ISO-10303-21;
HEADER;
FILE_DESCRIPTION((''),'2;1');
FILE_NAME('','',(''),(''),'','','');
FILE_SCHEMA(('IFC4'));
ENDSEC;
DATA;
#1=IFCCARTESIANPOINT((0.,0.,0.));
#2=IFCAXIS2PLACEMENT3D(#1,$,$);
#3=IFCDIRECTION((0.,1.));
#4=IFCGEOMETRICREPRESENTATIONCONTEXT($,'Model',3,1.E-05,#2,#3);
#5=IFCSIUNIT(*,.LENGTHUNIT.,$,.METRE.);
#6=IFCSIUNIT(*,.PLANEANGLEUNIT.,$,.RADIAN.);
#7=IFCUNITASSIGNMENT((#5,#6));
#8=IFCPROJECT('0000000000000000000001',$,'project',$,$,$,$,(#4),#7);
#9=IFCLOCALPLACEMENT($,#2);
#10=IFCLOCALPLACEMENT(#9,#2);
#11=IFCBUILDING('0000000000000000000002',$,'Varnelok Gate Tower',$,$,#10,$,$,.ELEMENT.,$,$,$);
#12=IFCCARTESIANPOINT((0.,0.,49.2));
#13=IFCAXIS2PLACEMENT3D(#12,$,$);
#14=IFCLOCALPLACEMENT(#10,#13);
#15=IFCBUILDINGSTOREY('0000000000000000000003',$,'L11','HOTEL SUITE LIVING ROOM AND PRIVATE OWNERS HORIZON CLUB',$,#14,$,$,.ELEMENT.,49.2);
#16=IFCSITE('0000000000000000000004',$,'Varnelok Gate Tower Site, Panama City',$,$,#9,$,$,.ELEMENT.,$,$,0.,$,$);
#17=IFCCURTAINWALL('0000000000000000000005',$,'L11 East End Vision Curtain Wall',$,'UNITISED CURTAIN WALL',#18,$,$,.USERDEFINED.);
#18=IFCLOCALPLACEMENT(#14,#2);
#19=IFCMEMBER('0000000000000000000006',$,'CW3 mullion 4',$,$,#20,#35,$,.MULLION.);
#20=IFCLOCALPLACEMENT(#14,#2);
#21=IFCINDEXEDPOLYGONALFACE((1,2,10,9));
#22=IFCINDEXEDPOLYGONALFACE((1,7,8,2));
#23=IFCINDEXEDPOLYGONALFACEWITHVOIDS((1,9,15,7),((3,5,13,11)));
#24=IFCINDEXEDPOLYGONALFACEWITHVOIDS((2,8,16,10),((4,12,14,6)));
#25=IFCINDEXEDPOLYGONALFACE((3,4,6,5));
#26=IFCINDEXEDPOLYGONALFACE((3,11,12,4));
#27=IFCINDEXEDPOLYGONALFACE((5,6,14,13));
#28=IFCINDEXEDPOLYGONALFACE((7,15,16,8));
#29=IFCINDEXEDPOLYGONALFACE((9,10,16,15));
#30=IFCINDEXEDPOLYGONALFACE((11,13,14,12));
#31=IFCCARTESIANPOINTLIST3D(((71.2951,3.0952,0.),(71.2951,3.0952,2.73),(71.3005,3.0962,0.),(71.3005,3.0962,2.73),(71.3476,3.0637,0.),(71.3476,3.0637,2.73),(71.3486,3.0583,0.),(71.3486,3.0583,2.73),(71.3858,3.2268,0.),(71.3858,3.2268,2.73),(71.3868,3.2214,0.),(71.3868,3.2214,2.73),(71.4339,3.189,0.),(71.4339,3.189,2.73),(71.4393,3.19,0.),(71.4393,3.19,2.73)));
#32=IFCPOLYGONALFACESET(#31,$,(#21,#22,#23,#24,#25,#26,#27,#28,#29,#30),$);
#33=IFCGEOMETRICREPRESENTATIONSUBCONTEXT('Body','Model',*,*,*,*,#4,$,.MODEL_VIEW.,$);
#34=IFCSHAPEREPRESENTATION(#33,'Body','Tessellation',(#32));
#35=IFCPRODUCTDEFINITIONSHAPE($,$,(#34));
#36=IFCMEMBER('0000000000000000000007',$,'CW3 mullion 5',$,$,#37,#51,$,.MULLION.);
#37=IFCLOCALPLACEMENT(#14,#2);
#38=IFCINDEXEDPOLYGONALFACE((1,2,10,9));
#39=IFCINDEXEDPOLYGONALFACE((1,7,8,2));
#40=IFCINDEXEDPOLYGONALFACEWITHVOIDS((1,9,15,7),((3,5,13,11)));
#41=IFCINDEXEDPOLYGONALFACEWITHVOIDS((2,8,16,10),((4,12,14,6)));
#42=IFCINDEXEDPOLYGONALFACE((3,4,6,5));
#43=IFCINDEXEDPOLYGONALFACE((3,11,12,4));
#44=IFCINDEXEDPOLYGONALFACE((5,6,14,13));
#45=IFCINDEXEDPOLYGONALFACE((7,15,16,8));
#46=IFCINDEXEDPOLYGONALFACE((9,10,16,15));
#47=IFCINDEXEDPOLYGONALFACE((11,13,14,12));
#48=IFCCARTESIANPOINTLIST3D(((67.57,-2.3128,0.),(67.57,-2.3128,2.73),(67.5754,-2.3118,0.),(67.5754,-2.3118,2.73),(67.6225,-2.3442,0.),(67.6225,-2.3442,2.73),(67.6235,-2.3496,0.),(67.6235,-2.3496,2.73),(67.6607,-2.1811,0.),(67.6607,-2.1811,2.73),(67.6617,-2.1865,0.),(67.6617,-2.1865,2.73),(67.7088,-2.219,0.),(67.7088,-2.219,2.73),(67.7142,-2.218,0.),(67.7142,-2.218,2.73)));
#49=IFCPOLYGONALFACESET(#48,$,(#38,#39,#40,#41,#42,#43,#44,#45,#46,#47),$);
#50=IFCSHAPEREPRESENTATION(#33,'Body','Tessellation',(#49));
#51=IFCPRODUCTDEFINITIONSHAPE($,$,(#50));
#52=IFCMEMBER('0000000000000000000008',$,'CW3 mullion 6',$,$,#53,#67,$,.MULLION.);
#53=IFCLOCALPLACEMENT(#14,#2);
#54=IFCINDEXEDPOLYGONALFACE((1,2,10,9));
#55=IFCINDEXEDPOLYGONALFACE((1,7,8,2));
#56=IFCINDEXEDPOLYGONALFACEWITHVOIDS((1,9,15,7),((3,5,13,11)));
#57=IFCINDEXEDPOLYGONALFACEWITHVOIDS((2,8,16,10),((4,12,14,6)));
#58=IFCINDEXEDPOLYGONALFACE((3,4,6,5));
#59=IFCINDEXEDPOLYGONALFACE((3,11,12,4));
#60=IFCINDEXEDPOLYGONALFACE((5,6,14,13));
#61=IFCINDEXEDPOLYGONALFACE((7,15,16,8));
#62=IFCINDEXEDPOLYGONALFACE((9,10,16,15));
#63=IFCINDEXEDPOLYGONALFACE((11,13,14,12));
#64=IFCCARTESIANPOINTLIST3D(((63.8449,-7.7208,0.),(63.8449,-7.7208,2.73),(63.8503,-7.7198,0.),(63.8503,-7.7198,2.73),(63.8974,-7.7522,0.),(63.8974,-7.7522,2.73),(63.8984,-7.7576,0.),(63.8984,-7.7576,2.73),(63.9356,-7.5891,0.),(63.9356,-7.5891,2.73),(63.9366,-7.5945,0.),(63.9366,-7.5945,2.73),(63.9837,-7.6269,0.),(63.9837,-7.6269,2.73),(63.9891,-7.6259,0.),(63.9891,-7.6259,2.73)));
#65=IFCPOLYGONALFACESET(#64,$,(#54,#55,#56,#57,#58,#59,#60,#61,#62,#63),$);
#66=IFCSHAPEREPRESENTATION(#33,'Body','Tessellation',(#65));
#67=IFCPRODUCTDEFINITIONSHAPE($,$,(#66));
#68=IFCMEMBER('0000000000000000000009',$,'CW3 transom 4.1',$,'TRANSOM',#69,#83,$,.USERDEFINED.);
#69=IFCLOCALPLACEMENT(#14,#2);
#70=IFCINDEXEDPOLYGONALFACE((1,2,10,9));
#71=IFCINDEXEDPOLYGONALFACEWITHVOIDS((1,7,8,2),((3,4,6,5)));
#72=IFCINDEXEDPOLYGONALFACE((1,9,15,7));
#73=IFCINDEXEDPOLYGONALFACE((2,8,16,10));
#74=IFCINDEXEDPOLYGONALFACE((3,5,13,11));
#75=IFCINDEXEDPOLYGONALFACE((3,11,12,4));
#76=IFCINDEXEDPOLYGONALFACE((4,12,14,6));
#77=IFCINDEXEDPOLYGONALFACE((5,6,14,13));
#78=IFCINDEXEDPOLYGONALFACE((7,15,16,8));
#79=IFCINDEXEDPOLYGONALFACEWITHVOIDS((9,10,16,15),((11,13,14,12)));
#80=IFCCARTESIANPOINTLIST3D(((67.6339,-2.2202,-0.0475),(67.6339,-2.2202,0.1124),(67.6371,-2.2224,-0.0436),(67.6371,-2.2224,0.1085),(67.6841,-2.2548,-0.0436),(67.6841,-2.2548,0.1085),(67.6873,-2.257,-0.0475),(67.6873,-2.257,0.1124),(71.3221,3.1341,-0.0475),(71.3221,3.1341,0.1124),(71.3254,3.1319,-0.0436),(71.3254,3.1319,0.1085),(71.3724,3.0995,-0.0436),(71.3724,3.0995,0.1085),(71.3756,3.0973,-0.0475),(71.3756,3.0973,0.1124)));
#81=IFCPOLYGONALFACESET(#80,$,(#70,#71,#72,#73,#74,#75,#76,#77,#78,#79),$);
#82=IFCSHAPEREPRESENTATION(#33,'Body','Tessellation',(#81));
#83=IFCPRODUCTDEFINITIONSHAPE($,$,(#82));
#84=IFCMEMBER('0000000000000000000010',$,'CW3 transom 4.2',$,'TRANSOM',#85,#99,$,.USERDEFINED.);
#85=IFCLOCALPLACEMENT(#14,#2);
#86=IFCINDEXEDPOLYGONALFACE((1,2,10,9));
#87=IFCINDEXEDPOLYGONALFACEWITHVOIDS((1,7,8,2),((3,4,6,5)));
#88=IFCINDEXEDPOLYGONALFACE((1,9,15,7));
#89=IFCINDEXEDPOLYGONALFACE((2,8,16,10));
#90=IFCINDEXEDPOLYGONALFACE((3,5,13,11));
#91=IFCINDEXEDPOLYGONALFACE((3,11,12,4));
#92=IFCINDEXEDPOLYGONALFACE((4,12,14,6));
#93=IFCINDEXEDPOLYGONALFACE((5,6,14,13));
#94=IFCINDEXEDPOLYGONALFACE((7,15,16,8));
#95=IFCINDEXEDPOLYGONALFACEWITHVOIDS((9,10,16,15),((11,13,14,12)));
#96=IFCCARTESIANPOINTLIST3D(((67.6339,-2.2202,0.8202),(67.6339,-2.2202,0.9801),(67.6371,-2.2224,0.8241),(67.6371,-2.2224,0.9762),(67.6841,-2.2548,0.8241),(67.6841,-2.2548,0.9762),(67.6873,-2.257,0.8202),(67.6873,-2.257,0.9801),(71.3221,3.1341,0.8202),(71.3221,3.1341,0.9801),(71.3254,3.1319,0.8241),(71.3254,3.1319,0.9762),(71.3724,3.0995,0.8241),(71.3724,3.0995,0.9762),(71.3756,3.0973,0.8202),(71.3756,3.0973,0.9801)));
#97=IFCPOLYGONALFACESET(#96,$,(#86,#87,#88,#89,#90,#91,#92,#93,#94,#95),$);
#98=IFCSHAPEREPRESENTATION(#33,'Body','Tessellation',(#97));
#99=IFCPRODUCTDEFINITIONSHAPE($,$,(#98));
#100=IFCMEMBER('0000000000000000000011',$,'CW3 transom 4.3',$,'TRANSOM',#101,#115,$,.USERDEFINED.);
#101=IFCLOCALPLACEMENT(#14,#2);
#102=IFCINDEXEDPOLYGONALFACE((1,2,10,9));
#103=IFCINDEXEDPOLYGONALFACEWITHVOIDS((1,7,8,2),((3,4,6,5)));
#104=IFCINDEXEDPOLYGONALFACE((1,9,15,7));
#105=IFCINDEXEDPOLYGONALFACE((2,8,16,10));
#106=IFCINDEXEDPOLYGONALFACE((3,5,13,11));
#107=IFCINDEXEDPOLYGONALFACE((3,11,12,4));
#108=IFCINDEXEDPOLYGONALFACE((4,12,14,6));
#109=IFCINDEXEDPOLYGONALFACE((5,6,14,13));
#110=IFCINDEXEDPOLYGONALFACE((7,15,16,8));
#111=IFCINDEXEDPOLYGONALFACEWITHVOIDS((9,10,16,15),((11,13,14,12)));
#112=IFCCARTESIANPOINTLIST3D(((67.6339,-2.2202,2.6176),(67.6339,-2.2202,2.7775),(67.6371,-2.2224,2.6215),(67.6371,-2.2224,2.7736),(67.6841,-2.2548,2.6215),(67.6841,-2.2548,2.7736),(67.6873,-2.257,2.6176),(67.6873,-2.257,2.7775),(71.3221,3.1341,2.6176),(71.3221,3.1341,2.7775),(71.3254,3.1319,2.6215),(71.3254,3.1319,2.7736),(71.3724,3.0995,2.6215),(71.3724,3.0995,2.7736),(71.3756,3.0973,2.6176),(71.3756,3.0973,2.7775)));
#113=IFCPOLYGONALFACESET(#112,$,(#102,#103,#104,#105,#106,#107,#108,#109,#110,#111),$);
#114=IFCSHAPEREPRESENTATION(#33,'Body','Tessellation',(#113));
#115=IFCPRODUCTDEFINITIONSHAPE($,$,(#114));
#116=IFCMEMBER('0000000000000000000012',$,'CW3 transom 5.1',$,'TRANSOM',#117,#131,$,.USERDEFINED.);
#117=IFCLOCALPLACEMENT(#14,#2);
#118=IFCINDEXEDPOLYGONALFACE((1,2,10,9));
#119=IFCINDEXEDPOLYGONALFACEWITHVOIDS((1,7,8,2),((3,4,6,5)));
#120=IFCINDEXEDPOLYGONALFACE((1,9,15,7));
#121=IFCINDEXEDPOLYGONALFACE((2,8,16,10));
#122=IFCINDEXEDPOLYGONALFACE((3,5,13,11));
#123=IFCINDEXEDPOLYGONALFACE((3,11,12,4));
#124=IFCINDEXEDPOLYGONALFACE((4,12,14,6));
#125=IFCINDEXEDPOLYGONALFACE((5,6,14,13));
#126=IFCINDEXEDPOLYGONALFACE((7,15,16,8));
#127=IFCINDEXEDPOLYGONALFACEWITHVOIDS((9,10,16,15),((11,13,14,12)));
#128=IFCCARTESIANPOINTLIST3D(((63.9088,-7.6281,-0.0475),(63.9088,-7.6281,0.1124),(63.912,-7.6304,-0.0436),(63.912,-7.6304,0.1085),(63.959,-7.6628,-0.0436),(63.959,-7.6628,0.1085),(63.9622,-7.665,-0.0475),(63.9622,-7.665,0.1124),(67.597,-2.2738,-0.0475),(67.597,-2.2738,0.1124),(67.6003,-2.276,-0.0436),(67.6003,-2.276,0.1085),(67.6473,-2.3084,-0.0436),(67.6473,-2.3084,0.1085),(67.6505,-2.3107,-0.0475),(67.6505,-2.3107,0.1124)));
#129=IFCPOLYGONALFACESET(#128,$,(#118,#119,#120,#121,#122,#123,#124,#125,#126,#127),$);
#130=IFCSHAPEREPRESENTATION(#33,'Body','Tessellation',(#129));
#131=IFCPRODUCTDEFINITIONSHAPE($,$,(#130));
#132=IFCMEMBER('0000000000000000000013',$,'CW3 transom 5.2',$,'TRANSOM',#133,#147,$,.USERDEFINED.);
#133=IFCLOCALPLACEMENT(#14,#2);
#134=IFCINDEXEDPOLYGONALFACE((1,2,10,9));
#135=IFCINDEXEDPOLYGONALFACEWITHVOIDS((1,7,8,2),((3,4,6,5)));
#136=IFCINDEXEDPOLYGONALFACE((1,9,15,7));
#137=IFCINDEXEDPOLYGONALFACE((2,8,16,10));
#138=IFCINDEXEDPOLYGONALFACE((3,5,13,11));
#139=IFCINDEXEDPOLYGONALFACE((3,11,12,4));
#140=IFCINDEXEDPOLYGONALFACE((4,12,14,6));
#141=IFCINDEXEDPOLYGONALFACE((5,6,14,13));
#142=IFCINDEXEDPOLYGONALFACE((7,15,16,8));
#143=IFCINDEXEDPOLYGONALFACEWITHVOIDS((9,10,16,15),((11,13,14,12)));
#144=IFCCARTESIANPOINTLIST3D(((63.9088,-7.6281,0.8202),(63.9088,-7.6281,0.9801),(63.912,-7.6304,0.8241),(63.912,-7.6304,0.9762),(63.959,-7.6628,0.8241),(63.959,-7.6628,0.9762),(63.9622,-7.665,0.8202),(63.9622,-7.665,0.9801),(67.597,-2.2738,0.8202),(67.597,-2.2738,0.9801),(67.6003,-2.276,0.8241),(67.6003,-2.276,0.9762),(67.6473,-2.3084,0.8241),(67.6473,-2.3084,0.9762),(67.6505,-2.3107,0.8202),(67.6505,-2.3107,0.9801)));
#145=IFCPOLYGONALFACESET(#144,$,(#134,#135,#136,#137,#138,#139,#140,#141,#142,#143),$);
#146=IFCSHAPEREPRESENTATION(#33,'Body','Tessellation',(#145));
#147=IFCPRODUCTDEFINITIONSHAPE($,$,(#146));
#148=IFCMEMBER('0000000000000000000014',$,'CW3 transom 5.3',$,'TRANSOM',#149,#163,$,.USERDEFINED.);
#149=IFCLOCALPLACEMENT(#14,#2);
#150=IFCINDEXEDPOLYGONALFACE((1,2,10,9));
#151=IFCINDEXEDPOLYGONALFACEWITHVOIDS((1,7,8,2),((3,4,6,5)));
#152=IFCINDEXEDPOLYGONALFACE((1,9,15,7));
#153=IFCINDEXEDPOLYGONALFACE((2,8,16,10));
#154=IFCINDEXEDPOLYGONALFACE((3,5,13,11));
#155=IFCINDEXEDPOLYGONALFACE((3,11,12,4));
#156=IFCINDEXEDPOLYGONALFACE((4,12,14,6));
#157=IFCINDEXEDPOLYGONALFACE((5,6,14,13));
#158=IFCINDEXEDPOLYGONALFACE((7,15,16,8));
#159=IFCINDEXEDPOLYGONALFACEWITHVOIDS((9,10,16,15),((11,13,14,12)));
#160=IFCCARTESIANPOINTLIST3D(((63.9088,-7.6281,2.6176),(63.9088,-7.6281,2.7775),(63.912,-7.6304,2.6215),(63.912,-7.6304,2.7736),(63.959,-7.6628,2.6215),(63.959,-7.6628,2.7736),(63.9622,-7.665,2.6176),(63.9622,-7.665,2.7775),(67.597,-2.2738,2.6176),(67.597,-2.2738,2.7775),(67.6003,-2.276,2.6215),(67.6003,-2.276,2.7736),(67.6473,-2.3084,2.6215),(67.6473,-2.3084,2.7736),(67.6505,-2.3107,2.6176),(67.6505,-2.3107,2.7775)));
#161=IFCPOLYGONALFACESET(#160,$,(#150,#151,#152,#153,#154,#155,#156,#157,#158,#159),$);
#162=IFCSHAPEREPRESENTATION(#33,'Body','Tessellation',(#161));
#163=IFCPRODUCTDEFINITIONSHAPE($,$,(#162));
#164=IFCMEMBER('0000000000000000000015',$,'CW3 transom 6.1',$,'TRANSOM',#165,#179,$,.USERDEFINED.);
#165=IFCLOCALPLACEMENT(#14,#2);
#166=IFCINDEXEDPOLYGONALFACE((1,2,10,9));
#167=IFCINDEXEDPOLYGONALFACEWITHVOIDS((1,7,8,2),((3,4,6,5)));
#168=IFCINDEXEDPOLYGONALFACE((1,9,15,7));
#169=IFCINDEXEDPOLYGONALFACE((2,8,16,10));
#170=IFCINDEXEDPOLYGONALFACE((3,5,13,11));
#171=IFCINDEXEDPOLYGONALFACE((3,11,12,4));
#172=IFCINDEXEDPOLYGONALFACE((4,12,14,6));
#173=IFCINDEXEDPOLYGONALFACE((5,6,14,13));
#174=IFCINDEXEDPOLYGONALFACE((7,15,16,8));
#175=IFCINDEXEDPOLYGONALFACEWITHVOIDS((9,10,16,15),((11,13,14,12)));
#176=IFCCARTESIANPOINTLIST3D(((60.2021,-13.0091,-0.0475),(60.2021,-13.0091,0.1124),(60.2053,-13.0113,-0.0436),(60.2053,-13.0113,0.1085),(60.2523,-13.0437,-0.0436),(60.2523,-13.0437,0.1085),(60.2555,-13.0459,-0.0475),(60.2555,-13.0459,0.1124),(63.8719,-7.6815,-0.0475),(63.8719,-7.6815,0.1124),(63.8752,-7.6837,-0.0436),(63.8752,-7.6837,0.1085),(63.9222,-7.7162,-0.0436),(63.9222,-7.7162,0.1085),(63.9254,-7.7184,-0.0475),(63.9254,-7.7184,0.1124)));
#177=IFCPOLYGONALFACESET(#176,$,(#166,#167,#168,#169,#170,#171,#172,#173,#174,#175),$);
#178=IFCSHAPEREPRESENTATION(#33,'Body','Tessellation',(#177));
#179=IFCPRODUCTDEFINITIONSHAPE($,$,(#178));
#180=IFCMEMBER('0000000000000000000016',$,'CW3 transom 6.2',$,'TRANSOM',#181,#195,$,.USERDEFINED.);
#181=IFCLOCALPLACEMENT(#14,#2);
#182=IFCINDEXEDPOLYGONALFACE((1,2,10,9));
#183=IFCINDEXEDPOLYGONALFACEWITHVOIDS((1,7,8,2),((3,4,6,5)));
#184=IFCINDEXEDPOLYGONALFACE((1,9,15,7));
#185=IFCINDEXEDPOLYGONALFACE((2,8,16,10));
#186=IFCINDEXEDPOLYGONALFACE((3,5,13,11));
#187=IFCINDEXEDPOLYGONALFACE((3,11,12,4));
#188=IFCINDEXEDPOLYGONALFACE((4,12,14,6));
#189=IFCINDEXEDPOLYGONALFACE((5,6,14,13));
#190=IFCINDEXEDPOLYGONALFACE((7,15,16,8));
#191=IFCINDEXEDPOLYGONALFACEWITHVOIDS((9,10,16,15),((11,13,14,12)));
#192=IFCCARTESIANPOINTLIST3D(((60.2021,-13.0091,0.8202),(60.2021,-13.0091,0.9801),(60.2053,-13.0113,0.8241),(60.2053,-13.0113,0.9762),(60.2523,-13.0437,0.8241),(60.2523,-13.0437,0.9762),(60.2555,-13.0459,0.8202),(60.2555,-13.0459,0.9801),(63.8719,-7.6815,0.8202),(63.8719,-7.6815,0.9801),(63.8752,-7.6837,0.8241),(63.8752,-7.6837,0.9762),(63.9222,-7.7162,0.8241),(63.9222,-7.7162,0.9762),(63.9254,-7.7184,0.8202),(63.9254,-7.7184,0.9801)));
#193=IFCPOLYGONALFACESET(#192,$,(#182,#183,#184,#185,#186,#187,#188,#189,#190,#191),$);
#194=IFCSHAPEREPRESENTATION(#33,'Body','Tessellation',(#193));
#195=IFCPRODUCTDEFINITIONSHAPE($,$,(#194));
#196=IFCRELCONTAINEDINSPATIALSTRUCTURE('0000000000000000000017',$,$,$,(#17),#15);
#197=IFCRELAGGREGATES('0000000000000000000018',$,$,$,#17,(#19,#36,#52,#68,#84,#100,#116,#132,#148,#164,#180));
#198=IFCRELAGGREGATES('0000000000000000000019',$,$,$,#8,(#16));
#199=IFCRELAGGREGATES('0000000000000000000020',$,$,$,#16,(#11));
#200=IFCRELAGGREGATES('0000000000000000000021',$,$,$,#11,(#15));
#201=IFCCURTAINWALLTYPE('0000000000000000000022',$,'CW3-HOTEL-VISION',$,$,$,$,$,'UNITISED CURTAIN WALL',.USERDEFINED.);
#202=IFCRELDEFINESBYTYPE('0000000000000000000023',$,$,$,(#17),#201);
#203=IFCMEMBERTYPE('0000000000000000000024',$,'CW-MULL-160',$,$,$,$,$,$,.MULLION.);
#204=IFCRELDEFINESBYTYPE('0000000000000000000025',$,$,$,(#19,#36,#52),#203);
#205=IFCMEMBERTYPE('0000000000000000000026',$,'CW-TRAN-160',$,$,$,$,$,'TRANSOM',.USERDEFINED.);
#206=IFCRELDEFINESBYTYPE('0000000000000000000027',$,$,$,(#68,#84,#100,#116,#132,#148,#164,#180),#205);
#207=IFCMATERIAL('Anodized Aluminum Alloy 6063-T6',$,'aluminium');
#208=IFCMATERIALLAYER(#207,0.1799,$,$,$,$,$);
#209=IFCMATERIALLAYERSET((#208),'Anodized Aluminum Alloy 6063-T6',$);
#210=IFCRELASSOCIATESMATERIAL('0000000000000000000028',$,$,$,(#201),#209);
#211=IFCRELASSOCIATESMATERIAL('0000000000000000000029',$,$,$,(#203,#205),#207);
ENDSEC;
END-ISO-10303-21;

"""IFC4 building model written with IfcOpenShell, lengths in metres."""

from ifc_helpers import new_model, si_unit, direction, frame, origin, origin_2d, place, context, subcontext, project, spatial, hollow_rectangle, extrude, material, layer, layer_set, material_profile, profile_set, type_object, element, aggregate, save


model = new_model("IFC4")

# Units and contexts
model_context = context("Model", 3, precision=1e-05, world=origin(), true_north=direction((0.0, 1.0)))
body_context = subcontext(model_context, "Body", "Model", "MODEL_VIEW")
ifc_project = project(units=[si_unit("LENGTHUNIT", "METRE"), si_unit("PLANEANGLEUNIT", "RADIAN")], contexts=[model_context])

# Site, building, storey
site_placement = place(None, origin())
site = spatial("IfcSite", under=ifc_project, at=site_placement, Name="Varnelok Gate Tower Site, Panama City", CompositionType="ELEMENT", RefElevation=0.0)
building_placement = place(site_placement, origin())
building = spatial("IfcBuilding", under=site, at=building_placement, Name="Varnelok Gate Tower", CompositionType="ELEMENT")
storey_placement = place(building_placement, frame((0.0, 0.0, 49.2)))
storey = spatial("IfcBuildingStorey", under=building, at=storey_placement, Name="L11", Description="HOTEL SUITE LIVING ROOM AND PRIVATE OWNERS HORIZON CLUB", CompositionType="ELEMENT", Elevation=49.2)

# Curtain wall, members
ifc_material_1 = material(Name="Anodized Aluminum Alloy 6063-T6", Category="aluminium")
ifc_layer_1 = layer(ifc_material_1, 0.1799)
ifc_layer_set_1 = layer_set([ifc_layer_1], Name="Anodized Aluminum Alloy 6063-T6")
curtain_wall_type = type_object("IfcCurtainWallType", Name="CW3-HOTEL-VISION", ElementType="UNITISED CURTAIN WALL", PredefinedType="USERDEFINED", material=ifc_layer_set_1)
curtain_wall_placement = place(storey_placement, origin())
curtain_wall = element("IfcCurtainWall", 1, at=curtain_wall_placement, inside=storey, type_object=curtain_wall_type, Name="L11 East End Vision Curtain Wall", ObjectType="UNITISED CURTAIN WALL", PredefinedType="USERDEFINED")
ifc_material_profile_1 = material_profile(ifc_material_1, hollow_rectangle(XDim=0.0649, YDim=0.1599, WallThickness=0.0039, at=origin_2d()), Name="ALU160X65X4")
ifc_profile_set_1 = profile_set([ifc_material_profile_1], Name="Anodized Aluminum Alloy 6063-T6")
member_type_1 = type_object("IfcMemberType", Name="CW-MULL-160", PredefinedType="MULLION", material=ifc_profile_set_1)
member_1_placement = place(storey_placement, frame((71.3672, 3.1426, 0.0), z_axis=(0.0, 0.0, 1.0), x_axis=(0.823533, -0.567269, 0.0)))
member_1 = element("IfcMember", 2, at=member_1_placement, type_object=member_type_1, Name="CW3 mullion 4", PredefinedType="MULLION", context=body_context, shape_type="SweptSolid", body=[
    extrude(hollow_rectangle(XDim=0.0649, YDim=0.1599, WallThickness=0.0039, at=origin_2d()), origin(), (0.0, 0.0, 1.0), 2.73),
])
member_2_placement = place(storey_placement, frame((67.6421, -2.2654, 0.0), z_axis=(0.0, 0.0, 1.0), x_axis=(0.823533, -0.567269, 0.0)))
member_2 = element("IfcMember", 3, at=member_2_placement, type_object=member_type_1, Name="CW3 mullion 5", PredefinedType="MULLION", context=body_context, shape_type="SweptSolid", body=[
    extrude(hollow_rectangle(XDim=0.0649, YDim=0.1599, WallThickness=0.0039, at=origin_2d()), origin(), (0.0, 0.0, 1.0), 2.73),
])
member_3_placement = place(storey_placement, frame((63.917, -7.6733, 0.0), z_axis=(0.0, 0.0, 1.0), x_axis=(0.823533, -0.567269, 0.0)))
member_3 = element("IfcMember", 4, at=member_3_placement, type_object=member_type_1, Name="CW3 mullion 6", PredefinedType="MULLION", context=body_context, shape_type="SweptSolid", body=[
    extrude(hollow_rectangle(XDim=0.0649, YDim=0.1599, WallThickness=0.0039, at=origin_2d()), origin(), (0.0, 0.0, 1.0), 2.73),
])
ifc_material_profile_2 = material_profile(ifc_material_1, hollow_rectangle(XDim=0.0649, YDim=0.1599, WallThickness=0.0039, at=origin_2d()), Name="ALU160X65X4")
ifc_profile_set_2 = profile_set([ifc_material_profile_2], Name="Anodized Aluminum Alloy 6063-T6")
member_type_2 = type_object("IfcMemberType", Name="CW-TRAN-160", ElementType="TRANSOM", PredefinedType="USERDEFINED", material=ifc_profile_set_2)
member_4_placement = place(storey_placement, frame((71.3489, 3.1157, 0.0325), z_axis=(-0.567279, -0.823526, 0.0), x_axis=(0.823526, -0.567279, 0.0)))
member_4 = element("IfcMember", 5, at=member_4_placement, type_object=member_type_2, Name="CW3 transom 4.1", ObjectType="TRANSOM", PredefinedType="USERDEFINED", context=body_context, shape_type="SweptSolid", body=[
    extrude(hollow_rectangle(XDim=0.0649, YDim=0.1599, WallThickness=0.0039, at=origin_2d()), origin(), (0.0, 0.0, 1.0), 6.5017),
])
member_5_placement = place(storey_placement, frame((71.3489, 3.1157, 0.9001), z_axis=(-0.567279, -0.823526, 0.0), x_axis=(0.823526, -0.567279, 0.0)))
member_5 = element("IfcMember", 6, at=member_5_placement, type_object=member_type_2, Name="CW3 transom 4.2", ObjectType="TRANSOM", PredefinedType="USERDEFINED", context=body_context, shape_type="SweptSolid", body=[
    extrude(hollow_rectangle(XDim=0.0649, YDim=0.1599, WallThickness=0.0039, at=origin_2d()), origin(), (0.0, 0.0, 1.0), 6.5017),
])
member_6_placement = place(storey_placement, frame((71.3489, 3.1157, 2.6975), z_axis=(-0.567279, -0.823526, 0.0), x_axis=(0.823526, -0.567279, 0.0)))
member_6 = element("IfcMember", 7, at=member_6_placement, type_object=member_type_2, Name="CW3 transom 4.3", ObjectType="TRANSOM", PredefinedType="USERDEFINED", context=body_context, shape_type="SweptSolid", body=[
    extrude(hollow_rectangle(XDim=0.0649, YDim=0.1599, WallThickness=0.0039, at=origin_2d()), origin(), (0.0, 0.0, 1.0), 6.5017),
])
member_7_placement = place(storey_placement, frame((67.6238, -2.2922, 0.0325), z_axis=(-0.567279, -0.823526, 0.0), x_axis=(0.823526, -0.567279, 0.0)))
member_7 = element("IfcMember", 8, at=member_7_placement, type_object=member_type_2, Name="CW3 transom 5.1", ObjectType="TRANSOM", PredefinedType="USERDEFINED", context=body_context, shape_type="SweptSolid", body=[
    extrude(hollow_rectangle(XDim=0.0649, YDim=0.1599, WallThickness=0.0039, at=origin_2d()), origin(), (0.0, 0.0, 1.0), 6.5017),
])
member_8_placement = place(storey_placement, frame((67.6238, -2.2922, 0.9001), z_axis=(-0.567279, -0.823526, 0.0), x_axis=(0.823526, -0.567279, 0.0)))
member_8 = element("IfcMember", 9, at=member_8_placement, type_object=member_type_2, Name="CW3 transom 5.2", ObjectType="TRANSOM", PredefinedType="USERDEFINED", context=body_context, shape_type="SweptSolid", body=[
    extrude(hollow_rectangle(XDim=0.0649, YDim=0.1599, WallThickness=0.0039, at=origin_2d()), origin(), (0.0, 0.0, 1.0), 6.5017),
])
member_9_placement = place(storey_placement, frame((67.6238, -2.2922, 2.6975), z_axis=(-0.567279, -0.823526, 0.0), x_axis=(0.823526, -0.567279, 0.0)))
member_9 = element("IfcMember", 10, at=member_9_placement, type_object=member_type_2, Name="CW3 transom 5.3", ObjectType="TRANSOM", PredefinedType="USERDEFINED", context=body_context, shape_type="SweptSolid", body=[
    extrude(hollow_rectangle(XDim=0.0649, YDim=0.1599, WallThickness=0.0039, at=origin_2d()), origin(), (0.0, 0.0, 1.0), 6.5017),
])
member_10_placement = place(storey_placement, frame((63.8987, -7.7, 0.0325), z_axis=(-0.567281, -0.823524, 0.0), x_axis=(0.823524, -0.567281, 0.0)))
member_10 = element("IfcMember", 11, at=member_10_placement, type_object=member_type_2, Name="CW3 transom 6.1", ObjectType="TRANSOM", PredefinedType="USERDEFINED", context=body_context, shape_type="SweptSolid", body=[
    extrude(hollow_rectangle(XDim=0.0649, YDim=0.1599, WallThickness=0.0039, at=origin_2d()), origin(), (0.0, 0.0, 1.0), 6.4692),
])
member_11_placement = place(storey_placement, frame((63.8987, -7.7, 0.9001), z_axis=(-0.567281, -0.823524, 0.0), x_axis=(0.823524, -0.567281, 0.0)))
member_11 = element("IfcMember", 12, at=member_11_placement, type_object=member_type_2, Name="CW3 transom 6.2", ObjectType="TRANSOM", PredefinedType="USERDEFINED", context=body_context, shape_type="SweptSolid", body=[
    extrude(hollow_rectangle(XDim=0.0649, YDim=0.1599, WallThickness=0.0039, at=origin_2d()), origin(), (0.0, 0.0, 1.0), 6.4692),
])
aggregate(curtain_wall, [member_1, member_2, member_3, member_4, member_5, member_6, member_7, member_8, member_9, member_10, member_11])

save(model, "model.ifc")
